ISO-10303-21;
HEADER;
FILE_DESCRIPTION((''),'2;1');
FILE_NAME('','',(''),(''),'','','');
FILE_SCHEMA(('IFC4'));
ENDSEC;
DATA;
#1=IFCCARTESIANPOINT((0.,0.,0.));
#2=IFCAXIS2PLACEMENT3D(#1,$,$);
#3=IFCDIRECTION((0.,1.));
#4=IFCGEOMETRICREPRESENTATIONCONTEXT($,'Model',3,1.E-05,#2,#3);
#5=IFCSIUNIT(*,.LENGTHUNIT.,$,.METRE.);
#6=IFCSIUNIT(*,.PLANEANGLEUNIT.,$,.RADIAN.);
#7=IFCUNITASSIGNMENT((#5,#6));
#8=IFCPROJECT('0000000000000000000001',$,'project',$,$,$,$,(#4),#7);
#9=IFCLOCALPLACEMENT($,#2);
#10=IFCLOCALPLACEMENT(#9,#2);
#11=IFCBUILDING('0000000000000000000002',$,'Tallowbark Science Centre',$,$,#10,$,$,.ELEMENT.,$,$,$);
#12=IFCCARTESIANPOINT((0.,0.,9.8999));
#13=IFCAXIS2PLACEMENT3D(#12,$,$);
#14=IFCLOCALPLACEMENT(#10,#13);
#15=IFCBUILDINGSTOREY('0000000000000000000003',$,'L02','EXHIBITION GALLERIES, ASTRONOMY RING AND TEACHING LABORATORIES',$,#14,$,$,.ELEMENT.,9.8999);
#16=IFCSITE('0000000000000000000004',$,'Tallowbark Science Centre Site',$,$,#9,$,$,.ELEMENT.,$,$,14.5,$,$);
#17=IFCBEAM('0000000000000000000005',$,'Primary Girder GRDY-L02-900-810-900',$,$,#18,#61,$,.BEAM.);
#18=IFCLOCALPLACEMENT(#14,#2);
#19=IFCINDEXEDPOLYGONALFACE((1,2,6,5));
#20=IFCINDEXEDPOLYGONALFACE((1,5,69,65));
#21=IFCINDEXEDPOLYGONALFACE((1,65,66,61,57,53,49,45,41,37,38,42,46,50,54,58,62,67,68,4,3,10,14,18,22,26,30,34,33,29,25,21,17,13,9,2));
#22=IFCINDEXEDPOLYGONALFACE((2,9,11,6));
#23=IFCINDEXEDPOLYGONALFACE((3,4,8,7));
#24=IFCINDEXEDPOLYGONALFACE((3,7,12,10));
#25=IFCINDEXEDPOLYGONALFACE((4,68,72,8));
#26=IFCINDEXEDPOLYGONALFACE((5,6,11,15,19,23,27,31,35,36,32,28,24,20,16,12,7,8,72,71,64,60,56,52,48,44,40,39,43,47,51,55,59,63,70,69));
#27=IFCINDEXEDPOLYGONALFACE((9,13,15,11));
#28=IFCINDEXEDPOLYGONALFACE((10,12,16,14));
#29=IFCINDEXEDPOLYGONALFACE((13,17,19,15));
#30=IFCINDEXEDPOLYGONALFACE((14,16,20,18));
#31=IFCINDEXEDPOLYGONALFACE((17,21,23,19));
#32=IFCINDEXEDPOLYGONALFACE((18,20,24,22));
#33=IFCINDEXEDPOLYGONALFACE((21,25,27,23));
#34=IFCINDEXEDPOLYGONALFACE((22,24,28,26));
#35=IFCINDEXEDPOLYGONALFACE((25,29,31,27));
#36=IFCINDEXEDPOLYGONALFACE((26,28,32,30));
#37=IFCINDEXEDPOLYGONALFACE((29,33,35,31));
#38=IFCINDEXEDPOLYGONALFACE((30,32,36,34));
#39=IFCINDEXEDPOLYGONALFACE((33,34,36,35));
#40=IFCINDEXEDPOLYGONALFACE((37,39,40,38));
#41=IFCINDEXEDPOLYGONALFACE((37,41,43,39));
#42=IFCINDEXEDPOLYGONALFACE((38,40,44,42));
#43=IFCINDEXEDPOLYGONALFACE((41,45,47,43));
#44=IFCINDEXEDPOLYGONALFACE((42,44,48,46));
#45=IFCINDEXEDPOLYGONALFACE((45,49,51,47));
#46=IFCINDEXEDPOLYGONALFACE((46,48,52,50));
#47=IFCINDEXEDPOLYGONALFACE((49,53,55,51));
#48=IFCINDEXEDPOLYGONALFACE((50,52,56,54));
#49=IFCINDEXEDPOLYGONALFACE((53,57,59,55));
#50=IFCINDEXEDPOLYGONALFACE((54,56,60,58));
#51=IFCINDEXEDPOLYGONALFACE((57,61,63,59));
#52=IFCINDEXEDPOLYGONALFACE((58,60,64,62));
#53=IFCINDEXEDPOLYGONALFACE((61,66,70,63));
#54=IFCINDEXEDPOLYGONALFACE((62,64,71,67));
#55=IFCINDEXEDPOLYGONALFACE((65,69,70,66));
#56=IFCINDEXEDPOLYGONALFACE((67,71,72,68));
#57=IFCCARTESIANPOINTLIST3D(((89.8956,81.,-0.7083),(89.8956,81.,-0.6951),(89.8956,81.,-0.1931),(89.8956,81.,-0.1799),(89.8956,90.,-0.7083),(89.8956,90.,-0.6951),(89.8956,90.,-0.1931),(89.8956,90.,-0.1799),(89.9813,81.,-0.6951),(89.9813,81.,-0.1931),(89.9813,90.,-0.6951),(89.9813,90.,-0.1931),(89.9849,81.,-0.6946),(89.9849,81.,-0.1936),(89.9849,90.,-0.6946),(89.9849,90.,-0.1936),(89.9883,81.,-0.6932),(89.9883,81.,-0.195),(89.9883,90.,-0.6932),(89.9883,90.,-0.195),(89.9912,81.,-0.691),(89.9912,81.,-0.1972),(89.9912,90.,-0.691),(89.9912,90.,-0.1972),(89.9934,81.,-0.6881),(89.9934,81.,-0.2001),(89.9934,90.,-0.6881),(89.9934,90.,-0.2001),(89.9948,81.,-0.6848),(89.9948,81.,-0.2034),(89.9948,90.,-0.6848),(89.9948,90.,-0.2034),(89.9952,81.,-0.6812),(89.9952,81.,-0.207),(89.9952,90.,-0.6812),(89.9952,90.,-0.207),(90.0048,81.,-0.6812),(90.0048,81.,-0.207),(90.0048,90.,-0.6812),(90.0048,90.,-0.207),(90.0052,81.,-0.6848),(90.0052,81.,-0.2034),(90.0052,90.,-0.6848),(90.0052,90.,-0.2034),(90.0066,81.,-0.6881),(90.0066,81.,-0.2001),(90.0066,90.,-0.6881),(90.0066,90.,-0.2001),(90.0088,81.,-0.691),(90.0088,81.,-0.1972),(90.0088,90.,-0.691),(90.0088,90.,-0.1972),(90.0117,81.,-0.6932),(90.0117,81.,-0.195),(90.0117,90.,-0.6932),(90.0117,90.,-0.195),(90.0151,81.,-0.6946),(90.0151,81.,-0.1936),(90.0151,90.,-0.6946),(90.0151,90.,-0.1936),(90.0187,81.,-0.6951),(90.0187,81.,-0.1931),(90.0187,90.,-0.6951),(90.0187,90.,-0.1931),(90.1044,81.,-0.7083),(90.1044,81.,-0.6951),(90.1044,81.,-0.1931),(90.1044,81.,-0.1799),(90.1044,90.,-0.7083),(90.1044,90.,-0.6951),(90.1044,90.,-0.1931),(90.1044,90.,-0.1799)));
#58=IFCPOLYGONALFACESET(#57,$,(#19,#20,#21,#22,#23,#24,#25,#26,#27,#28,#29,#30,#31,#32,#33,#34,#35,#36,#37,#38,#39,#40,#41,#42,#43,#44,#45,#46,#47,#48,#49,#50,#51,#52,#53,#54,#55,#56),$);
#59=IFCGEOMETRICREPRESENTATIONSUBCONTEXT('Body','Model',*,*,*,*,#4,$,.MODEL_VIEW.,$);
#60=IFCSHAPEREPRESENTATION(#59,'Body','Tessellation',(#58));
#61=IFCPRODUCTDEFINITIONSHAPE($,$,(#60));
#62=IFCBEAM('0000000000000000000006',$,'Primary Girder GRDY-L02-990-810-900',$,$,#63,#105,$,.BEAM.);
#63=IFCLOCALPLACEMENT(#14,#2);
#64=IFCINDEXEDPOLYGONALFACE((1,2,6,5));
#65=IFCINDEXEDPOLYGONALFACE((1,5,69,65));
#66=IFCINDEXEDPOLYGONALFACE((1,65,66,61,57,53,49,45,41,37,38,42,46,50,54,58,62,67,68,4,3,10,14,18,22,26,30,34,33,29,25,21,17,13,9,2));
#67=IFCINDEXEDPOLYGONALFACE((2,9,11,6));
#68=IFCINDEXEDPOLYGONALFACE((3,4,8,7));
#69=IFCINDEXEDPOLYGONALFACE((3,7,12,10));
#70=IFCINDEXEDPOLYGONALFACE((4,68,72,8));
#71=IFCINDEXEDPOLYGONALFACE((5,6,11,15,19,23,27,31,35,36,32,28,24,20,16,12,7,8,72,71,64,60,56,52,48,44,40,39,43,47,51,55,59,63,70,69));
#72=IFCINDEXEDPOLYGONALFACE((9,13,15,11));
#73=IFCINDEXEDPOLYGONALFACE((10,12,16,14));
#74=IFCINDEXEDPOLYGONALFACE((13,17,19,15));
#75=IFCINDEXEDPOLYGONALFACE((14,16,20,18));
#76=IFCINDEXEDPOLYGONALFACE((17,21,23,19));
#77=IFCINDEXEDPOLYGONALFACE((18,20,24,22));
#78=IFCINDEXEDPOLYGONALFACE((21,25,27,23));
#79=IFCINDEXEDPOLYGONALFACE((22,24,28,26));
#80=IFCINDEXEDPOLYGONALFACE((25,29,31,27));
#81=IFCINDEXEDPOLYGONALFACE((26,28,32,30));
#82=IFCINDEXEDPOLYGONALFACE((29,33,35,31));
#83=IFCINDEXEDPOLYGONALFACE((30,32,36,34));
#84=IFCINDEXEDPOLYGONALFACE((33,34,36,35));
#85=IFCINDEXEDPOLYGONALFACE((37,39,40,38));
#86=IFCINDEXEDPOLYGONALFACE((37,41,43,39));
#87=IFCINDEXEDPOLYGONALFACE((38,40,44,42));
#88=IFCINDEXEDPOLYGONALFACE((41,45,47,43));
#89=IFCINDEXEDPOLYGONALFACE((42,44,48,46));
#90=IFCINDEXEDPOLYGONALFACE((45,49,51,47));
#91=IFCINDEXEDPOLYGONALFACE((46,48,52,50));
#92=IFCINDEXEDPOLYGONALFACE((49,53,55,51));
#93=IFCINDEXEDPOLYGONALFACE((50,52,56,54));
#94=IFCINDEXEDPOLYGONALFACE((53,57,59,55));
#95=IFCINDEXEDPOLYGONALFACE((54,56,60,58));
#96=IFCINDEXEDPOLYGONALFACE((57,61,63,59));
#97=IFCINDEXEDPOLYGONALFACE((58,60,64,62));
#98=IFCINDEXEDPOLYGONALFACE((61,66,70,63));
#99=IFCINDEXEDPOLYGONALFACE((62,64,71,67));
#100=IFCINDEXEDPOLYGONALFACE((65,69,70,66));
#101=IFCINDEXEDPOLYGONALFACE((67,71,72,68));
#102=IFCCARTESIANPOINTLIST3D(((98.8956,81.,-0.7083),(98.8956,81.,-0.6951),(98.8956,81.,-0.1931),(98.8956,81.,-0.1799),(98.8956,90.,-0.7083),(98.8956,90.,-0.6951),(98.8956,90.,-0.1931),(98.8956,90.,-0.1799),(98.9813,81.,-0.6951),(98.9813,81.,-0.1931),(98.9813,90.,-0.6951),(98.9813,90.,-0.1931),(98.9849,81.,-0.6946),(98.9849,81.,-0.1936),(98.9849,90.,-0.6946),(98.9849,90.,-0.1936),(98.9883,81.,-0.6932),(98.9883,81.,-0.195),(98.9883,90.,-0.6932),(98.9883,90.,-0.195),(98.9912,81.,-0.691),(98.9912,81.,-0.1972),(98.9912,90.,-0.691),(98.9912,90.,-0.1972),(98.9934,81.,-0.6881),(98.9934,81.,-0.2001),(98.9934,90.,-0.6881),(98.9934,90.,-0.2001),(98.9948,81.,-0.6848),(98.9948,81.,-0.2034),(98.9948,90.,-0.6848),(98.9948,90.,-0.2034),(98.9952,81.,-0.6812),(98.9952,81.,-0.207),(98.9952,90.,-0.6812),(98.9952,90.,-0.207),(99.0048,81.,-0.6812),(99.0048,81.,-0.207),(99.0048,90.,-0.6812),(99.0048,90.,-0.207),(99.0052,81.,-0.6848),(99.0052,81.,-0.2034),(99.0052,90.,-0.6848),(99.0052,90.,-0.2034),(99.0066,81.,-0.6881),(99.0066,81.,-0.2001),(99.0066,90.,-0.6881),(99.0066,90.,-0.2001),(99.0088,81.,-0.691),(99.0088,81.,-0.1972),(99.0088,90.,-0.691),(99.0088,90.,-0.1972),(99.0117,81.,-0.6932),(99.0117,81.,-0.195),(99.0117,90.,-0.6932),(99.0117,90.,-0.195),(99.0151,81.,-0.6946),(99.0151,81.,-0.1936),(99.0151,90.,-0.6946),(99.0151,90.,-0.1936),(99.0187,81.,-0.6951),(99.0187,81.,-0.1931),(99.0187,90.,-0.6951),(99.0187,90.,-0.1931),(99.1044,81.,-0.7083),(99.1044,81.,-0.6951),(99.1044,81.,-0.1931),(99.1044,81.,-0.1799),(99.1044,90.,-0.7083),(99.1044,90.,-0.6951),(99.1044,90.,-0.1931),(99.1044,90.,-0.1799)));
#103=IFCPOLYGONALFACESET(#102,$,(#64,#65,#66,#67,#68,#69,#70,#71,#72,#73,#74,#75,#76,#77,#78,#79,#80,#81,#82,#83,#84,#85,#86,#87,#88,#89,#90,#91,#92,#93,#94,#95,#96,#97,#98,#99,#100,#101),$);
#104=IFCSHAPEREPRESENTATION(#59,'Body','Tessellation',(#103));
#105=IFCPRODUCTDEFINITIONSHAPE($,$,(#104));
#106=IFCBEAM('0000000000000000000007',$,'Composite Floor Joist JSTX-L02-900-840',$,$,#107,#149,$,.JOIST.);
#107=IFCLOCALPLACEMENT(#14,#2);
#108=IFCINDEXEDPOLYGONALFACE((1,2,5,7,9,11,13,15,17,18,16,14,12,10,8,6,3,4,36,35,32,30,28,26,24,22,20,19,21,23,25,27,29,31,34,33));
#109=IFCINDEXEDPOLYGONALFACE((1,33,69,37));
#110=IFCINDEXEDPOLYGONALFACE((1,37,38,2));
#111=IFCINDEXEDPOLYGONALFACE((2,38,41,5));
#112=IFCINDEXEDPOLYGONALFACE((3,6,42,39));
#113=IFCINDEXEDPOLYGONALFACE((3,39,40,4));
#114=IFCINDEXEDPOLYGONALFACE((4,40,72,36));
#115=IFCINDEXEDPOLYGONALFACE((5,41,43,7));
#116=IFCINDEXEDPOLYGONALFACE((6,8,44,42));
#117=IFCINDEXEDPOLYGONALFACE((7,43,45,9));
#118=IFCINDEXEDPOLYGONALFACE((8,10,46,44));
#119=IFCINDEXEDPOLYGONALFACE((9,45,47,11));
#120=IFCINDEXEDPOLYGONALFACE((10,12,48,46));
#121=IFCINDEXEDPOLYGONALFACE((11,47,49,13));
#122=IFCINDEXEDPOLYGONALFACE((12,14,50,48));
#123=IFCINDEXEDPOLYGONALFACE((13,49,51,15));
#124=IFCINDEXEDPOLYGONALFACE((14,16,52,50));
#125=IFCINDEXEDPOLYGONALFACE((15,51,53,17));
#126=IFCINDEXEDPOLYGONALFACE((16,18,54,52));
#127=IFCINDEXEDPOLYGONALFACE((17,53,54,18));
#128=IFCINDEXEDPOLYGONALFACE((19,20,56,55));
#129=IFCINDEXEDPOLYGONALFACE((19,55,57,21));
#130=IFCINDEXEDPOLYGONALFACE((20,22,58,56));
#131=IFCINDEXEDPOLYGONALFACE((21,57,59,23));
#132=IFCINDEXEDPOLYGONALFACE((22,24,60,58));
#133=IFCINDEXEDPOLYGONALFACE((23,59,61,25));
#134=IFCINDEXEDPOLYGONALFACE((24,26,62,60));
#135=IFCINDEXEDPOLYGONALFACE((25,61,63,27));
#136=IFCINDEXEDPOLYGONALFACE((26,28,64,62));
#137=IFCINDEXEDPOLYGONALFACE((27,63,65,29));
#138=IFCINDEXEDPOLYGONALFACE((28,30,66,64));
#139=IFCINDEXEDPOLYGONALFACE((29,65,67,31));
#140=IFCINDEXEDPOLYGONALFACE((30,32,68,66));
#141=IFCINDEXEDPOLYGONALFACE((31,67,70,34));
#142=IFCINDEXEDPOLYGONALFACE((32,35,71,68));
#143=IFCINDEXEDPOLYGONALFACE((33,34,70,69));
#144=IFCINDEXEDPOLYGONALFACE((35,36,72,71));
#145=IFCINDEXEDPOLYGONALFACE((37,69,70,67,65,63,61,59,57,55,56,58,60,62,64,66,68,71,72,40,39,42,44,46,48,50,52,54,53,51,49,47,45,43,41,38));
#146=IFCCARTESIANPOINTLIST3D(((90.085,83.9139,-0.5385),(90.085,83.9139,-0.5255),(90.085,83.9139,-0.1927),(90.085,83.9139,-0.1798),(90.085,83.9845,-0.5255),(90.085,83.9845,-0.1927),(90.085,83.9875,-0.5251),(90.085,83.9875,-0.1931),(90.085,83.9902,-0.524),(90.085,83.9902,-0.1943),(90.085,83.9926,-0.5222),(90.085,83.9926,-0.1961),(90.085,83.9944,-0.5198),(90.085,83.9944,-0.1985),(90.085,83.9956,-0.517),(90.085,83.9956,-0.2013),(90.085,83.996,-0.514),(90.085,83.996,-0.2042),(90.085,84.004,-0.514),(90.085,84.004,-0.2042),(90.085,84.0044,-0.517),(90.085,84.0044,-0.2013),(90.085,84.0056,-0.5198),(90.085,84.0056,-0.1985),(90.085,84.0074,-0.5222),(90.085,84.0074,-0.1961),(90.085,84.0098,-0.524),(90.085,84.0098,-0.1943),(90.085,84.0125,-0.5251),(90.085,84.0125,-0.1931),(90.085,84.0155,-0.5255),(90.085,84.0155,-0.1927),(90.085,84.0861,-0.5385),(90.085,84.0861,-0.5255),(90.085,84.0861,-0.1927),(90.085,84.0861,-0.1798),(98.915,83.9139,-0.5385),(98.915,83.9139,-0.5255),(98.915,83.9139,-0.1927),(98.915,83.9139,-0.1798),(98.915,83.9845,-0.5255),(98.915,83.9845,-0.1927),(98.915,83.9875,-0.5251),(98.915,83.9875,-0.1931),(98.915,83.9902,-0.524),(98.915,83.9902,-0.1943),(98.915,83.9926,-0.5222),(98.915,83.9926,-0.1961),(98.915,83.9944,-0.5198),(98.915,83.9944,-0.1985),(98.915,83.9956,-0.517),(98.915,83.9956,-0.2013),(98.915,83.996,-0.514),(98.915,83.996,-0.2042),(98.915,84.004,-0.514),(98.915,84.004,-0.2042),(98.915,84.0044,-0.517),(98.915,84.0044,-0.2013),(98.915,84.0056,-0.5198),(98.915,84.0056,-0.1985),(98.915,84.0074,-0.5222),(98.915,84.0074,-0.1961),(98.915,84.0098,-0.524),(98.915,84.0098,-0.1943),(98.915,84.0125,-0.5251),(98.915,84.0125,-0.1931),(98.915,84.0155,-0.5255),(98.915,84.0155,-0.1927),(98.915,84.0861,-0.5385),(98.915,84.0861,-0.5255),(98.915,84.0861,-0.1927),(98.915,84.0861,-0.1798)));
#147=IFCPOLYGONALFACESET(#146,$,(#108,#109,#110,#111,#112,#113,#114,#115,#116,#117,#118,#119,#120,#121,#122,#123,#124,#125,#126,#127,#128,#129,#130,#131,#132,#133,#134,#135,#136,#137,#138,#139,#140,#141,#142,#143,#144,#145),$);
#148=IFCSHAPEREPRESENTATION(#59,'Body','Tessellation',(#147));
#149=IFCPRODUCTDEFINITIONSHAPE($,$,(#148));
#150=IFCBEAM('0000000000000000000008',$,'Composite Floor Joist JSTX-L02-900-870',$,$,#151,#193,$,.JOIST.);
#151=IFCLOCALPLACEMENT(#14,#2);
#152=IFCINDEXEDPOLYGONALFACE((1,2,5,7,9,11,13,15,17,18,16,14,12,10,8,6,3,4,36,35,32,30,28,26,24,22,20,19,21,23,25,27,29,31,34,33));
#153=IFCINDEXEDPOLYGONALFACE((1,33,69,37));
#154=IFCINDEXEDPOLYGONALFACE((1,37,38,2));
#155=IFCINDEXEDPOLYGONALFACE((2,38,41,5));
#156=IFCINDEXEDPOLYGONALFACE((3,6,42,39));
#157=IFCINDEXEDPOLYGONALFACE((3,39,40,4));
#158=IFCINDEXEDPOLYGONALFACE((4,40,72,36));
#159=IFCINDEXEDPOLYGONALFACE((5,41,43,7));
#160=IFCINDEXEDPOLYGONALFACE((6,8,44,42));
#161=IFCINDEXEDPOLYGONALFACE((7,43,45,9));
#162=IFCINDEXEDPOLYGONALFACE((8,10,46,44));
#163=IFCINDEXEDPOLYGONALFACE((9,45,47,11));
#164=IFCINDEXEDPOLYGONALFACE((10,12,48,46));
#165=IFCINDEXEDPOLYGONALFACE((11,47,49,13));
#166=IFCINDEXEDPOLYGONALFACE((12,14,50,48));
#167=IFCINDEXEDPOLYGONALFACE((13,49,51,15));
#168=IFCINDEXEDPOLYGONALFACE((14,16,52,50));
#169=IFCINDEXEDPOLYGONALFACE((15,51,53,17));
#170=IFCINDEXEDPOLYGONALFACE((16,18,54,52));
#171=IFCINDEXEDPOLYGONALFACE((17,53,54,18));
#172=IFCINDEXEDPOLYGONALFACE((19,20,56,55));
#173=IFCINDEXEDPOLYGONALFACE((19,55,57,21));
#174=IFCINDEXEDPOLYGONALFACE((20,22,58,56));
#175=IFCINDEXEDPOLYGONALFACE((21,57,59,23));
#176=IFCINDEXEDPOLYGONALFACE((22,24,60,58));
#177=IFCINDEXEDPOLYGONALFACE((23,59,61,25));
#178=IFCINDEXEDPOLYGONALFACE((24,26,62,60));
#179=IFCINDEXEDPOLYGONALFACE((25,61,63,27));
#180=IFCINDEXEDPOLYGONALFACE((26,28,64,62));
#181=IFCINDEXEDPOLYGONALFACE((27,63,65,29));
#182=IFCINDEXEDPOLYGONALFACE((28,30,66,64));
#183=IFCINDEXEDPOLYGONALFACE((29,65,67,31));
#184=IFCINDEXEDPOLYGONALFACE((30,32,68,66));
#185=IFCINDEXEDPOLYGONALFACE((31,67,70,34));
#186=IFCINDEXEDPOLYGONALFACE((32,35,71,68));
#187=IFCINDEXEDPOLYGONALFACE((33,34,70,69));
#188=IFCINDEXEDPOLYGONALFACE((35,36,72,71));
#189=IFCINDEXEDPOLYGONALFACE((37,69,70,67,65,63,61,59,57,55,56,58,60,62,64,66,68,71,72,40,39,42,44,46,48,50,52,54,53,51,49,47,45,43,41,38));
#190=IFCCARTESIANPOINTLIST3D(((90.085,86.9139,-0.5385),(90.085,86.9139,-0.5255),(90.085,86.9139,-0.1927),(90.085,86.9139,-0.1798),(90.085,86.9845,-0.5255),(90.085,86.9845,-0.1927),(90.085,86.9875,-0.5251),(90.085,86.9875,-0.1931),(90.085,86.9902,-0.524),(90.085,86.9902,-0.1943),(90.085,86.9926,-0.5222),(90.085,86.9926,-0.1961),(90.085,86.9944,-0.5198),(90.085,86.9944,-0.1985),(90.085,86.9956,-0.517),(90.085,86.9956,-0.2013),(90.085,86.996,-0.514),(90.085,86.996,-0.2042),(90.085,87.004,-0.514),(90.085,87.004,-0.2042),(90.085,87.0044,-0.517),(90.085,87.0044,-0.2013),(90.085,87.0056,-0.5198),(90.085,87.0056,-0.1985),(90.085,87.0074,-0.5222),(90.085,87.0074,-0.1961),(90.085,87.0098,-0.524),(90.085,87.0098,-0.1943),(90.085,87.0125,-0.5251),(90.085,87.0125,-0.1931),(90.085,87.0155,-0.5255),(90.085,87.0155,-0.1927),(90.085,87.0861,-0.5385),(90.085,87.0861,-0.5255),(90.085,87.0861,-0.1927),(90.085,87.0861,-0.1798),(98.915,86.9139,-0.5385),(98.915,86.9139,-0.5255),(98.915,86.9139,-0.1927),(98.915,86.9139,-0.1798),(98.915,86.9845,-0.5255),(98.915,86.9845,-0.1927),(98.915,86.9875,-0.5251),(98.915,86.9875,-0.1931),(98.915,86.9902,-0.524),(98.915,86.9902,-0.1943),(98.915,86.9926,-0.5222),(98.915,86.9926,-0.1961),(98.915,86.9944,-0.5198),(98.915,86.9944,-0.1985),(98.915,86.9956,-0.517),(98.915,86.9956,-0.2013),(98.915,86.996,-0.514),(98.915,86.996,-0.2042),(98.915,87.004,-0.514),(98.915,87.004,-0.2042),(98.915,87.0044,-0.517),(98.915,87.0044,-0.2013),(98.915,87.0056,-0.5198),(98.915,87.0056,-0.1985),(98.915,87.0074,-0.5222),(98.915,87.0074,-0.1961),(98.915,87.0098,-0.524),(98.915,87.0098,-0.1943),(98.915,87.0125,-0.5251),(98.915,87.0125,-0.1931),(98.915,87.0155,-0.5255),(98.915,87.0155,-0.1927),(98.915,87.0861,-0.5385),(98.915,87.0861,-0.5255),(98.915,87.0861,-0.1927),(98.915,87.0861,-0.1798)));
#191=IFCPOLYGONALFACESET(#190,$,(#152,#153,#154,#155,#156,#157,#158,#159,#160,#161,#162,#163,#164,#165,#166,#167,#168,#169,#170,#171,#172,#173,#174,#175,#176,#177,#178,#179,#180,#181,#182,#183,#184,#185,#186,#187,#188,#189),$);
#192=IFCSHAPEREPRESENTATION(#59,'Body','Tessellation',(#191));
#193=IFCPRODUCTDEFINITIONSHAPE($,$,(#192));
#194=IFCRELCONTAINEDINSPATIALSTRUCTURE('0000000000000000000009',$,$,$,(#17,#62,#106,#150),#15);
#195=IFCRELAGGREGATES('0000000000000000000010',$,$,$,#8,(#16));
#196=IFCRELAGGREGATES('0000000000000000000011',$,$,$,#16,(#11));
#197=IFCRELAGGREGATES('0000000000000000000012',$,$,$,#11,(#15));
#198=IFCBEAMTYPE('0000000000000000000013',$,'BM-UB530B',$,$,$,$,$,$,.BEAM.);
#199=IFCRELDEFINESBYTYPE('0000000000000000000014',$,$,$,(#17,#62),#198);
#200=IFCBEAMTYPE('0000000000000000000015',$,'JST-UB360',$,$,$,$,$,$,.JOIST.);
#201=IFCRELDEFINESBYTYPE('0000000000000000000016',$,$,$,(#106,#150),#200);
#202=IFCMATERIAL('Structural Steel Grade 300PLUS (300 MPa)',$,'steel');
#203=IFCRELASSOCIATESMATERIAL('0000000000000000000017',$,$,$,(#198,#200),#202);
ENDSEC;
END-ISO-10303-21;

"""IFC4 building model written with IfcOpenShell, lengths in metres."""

from ifc_helpers import new_model, si_unit, direction, frame, origin, origin_2d, place, context, subcontext, project, spatial, i_section, extrude, material, material_profile, profile_set, type_object, element, save


model = new_model("IFC4")

# Units and contexts
model_context = context("Model", 3, precision=1e-05, world=origin(), true_north=direction((0.0, 1.0)))
body_context = subcontext(model_context, "Body", "Model", "MODEL_VIEW")
ifc_project = project(units=[si_unit("LENGTHUNIT", "METRE"), si_unit("PLANEANGLEUNIT", "RADIAN")], contexts=[model_context])

# Site, building, storey
site_placement = place(None, origin())
site = spatial("IfcSite", under=ifc_project, at=site_placement, Name="Tallowbark Science Centre Site", CompositionType="ELEMENT", RefElevation=14.5)
building_placement = place(site_placement, origin())
building = spatial("IfcBuilding", under=site, at=building_placement, Name="Tallowbark Science Centre", CompositionType="ELEMENT")
storey_placement = place(building_placement, frame((0.0, 0.0, 9.8999)))
storey = spatial("IfcBuildingStorey", under=building, at=storey_placement, Name="L02", Description="EXHIBITION GALLERIES, ASTRONOMY RING AND TEACHING LABORATORIES", CompositionType="ELEMENT", Elevation=9.8999)

# Shared definitions
ifc_material_1 = material(Name="Structural Steel Grade 300PLUS (300 MPa)", Category="steel")

# Beams
ifc_material_profile_1 = material_profile(ifc_material_1, i_section(OverallWidth=0.2087, OverallDepth=0.5283, WebThickness=0.0095, FlangeThickness=0.0132, FilletRadius=0.0139, at=origin_2d()), Name="530UB82.0")
ifc_profile_set_1 = profile_set([ifc_material_profile_1], Name="Structural Steel Grade 300PLUS (300 MPa)")
beam_type_1 = type_object("IfcBeamType", Name="BM-UB530B", PredefinedType="BEAM", material=ifc_profile_set_1)
for number, where, z_axis, x_axis, name in (
    (1, (90.0, 81.0, -0.4441), (0.0, 1.0, 0.0), (-1.0, 0.0, 0.0), "Primary Girder GRDY-L02-900-810-900"),
    (2, (99.0, 81.0, -0.4441), (0.0, 1.0, 0.0), (-1.0, 0.0, 0.0), "Primary Girder GRDY-L02-990-810-900"),
):
    element("IfcBeam", number, at=place(storey_placement, frame(where, z_axis=z_axis, x_axis=x_axis)), inside=storey, type_object=beam_type_1, Name=name, PredefinedType="BEAM", context=body_context, shape_type="SweptSolid", body=[
        extrude(i_section(OverallWidth=0.2087, OverallDepth=0.5283, WebThickness=0.0095, FlangeThickness=0.0132, FilletRadius=0.0139, at=origin_2d()), origin(), (0.0, 0.0, 1.0), 9.0),
    ])
ifc_material_profile_2 = material_profile(ifc_material_1, i_section(OverallWidth=0.1721, OverallDepth=0.3586, WebThickness=0.0081, FlangeThickness=0.0129, FilletRadius=0.0115, at=origin_2d()), Name="360UB56.7")
ifc_profile_set_2 = profile_set([ifc_material_profile_2], Name="Structural Steel Grade 300PLUS (300 MPa)")
beam_type_2 = type_object("IfcBeamType", Name="JST-UB360", PredefinedType="JOIST", material=ifc_profile_set_2)
for number, where, z_axis, x_axis, name in (
    (3, (90.085, 84.0, -0.3591), (1.0, 0.0, 0.0), (0.0, 1.0, 0.0), "Composite Floor Joist JSTX-L02-900-840"),
    (4, (90.085, 87.0, -0.3591), (1.0, 0.0, 0.0), (0.0, 1.0, 0.0), "Composite Floor Joist JSTX-L02-900-870"),
):
    element("IfcBeam", number, at=place(storey_placement, frame(where, z_axis=z_axis, x_axis=x_axis)), inside=storey, type_object=beam_type_2, Name=name, PredefinedType="JOIST", context=body_context, shape_type="SweptSolid", body=[
        extrude(i_section(OverallWidth=0.1721, OverallDepth=0.3586, WebThickness=0.0081, FlangeThickness=0.0129, FilletRadius=0.0115, at=origin_2d()), origin(), (0.0, 0.0, 1.0), 8.8301),
    ])

save(model, "model.ifc")
